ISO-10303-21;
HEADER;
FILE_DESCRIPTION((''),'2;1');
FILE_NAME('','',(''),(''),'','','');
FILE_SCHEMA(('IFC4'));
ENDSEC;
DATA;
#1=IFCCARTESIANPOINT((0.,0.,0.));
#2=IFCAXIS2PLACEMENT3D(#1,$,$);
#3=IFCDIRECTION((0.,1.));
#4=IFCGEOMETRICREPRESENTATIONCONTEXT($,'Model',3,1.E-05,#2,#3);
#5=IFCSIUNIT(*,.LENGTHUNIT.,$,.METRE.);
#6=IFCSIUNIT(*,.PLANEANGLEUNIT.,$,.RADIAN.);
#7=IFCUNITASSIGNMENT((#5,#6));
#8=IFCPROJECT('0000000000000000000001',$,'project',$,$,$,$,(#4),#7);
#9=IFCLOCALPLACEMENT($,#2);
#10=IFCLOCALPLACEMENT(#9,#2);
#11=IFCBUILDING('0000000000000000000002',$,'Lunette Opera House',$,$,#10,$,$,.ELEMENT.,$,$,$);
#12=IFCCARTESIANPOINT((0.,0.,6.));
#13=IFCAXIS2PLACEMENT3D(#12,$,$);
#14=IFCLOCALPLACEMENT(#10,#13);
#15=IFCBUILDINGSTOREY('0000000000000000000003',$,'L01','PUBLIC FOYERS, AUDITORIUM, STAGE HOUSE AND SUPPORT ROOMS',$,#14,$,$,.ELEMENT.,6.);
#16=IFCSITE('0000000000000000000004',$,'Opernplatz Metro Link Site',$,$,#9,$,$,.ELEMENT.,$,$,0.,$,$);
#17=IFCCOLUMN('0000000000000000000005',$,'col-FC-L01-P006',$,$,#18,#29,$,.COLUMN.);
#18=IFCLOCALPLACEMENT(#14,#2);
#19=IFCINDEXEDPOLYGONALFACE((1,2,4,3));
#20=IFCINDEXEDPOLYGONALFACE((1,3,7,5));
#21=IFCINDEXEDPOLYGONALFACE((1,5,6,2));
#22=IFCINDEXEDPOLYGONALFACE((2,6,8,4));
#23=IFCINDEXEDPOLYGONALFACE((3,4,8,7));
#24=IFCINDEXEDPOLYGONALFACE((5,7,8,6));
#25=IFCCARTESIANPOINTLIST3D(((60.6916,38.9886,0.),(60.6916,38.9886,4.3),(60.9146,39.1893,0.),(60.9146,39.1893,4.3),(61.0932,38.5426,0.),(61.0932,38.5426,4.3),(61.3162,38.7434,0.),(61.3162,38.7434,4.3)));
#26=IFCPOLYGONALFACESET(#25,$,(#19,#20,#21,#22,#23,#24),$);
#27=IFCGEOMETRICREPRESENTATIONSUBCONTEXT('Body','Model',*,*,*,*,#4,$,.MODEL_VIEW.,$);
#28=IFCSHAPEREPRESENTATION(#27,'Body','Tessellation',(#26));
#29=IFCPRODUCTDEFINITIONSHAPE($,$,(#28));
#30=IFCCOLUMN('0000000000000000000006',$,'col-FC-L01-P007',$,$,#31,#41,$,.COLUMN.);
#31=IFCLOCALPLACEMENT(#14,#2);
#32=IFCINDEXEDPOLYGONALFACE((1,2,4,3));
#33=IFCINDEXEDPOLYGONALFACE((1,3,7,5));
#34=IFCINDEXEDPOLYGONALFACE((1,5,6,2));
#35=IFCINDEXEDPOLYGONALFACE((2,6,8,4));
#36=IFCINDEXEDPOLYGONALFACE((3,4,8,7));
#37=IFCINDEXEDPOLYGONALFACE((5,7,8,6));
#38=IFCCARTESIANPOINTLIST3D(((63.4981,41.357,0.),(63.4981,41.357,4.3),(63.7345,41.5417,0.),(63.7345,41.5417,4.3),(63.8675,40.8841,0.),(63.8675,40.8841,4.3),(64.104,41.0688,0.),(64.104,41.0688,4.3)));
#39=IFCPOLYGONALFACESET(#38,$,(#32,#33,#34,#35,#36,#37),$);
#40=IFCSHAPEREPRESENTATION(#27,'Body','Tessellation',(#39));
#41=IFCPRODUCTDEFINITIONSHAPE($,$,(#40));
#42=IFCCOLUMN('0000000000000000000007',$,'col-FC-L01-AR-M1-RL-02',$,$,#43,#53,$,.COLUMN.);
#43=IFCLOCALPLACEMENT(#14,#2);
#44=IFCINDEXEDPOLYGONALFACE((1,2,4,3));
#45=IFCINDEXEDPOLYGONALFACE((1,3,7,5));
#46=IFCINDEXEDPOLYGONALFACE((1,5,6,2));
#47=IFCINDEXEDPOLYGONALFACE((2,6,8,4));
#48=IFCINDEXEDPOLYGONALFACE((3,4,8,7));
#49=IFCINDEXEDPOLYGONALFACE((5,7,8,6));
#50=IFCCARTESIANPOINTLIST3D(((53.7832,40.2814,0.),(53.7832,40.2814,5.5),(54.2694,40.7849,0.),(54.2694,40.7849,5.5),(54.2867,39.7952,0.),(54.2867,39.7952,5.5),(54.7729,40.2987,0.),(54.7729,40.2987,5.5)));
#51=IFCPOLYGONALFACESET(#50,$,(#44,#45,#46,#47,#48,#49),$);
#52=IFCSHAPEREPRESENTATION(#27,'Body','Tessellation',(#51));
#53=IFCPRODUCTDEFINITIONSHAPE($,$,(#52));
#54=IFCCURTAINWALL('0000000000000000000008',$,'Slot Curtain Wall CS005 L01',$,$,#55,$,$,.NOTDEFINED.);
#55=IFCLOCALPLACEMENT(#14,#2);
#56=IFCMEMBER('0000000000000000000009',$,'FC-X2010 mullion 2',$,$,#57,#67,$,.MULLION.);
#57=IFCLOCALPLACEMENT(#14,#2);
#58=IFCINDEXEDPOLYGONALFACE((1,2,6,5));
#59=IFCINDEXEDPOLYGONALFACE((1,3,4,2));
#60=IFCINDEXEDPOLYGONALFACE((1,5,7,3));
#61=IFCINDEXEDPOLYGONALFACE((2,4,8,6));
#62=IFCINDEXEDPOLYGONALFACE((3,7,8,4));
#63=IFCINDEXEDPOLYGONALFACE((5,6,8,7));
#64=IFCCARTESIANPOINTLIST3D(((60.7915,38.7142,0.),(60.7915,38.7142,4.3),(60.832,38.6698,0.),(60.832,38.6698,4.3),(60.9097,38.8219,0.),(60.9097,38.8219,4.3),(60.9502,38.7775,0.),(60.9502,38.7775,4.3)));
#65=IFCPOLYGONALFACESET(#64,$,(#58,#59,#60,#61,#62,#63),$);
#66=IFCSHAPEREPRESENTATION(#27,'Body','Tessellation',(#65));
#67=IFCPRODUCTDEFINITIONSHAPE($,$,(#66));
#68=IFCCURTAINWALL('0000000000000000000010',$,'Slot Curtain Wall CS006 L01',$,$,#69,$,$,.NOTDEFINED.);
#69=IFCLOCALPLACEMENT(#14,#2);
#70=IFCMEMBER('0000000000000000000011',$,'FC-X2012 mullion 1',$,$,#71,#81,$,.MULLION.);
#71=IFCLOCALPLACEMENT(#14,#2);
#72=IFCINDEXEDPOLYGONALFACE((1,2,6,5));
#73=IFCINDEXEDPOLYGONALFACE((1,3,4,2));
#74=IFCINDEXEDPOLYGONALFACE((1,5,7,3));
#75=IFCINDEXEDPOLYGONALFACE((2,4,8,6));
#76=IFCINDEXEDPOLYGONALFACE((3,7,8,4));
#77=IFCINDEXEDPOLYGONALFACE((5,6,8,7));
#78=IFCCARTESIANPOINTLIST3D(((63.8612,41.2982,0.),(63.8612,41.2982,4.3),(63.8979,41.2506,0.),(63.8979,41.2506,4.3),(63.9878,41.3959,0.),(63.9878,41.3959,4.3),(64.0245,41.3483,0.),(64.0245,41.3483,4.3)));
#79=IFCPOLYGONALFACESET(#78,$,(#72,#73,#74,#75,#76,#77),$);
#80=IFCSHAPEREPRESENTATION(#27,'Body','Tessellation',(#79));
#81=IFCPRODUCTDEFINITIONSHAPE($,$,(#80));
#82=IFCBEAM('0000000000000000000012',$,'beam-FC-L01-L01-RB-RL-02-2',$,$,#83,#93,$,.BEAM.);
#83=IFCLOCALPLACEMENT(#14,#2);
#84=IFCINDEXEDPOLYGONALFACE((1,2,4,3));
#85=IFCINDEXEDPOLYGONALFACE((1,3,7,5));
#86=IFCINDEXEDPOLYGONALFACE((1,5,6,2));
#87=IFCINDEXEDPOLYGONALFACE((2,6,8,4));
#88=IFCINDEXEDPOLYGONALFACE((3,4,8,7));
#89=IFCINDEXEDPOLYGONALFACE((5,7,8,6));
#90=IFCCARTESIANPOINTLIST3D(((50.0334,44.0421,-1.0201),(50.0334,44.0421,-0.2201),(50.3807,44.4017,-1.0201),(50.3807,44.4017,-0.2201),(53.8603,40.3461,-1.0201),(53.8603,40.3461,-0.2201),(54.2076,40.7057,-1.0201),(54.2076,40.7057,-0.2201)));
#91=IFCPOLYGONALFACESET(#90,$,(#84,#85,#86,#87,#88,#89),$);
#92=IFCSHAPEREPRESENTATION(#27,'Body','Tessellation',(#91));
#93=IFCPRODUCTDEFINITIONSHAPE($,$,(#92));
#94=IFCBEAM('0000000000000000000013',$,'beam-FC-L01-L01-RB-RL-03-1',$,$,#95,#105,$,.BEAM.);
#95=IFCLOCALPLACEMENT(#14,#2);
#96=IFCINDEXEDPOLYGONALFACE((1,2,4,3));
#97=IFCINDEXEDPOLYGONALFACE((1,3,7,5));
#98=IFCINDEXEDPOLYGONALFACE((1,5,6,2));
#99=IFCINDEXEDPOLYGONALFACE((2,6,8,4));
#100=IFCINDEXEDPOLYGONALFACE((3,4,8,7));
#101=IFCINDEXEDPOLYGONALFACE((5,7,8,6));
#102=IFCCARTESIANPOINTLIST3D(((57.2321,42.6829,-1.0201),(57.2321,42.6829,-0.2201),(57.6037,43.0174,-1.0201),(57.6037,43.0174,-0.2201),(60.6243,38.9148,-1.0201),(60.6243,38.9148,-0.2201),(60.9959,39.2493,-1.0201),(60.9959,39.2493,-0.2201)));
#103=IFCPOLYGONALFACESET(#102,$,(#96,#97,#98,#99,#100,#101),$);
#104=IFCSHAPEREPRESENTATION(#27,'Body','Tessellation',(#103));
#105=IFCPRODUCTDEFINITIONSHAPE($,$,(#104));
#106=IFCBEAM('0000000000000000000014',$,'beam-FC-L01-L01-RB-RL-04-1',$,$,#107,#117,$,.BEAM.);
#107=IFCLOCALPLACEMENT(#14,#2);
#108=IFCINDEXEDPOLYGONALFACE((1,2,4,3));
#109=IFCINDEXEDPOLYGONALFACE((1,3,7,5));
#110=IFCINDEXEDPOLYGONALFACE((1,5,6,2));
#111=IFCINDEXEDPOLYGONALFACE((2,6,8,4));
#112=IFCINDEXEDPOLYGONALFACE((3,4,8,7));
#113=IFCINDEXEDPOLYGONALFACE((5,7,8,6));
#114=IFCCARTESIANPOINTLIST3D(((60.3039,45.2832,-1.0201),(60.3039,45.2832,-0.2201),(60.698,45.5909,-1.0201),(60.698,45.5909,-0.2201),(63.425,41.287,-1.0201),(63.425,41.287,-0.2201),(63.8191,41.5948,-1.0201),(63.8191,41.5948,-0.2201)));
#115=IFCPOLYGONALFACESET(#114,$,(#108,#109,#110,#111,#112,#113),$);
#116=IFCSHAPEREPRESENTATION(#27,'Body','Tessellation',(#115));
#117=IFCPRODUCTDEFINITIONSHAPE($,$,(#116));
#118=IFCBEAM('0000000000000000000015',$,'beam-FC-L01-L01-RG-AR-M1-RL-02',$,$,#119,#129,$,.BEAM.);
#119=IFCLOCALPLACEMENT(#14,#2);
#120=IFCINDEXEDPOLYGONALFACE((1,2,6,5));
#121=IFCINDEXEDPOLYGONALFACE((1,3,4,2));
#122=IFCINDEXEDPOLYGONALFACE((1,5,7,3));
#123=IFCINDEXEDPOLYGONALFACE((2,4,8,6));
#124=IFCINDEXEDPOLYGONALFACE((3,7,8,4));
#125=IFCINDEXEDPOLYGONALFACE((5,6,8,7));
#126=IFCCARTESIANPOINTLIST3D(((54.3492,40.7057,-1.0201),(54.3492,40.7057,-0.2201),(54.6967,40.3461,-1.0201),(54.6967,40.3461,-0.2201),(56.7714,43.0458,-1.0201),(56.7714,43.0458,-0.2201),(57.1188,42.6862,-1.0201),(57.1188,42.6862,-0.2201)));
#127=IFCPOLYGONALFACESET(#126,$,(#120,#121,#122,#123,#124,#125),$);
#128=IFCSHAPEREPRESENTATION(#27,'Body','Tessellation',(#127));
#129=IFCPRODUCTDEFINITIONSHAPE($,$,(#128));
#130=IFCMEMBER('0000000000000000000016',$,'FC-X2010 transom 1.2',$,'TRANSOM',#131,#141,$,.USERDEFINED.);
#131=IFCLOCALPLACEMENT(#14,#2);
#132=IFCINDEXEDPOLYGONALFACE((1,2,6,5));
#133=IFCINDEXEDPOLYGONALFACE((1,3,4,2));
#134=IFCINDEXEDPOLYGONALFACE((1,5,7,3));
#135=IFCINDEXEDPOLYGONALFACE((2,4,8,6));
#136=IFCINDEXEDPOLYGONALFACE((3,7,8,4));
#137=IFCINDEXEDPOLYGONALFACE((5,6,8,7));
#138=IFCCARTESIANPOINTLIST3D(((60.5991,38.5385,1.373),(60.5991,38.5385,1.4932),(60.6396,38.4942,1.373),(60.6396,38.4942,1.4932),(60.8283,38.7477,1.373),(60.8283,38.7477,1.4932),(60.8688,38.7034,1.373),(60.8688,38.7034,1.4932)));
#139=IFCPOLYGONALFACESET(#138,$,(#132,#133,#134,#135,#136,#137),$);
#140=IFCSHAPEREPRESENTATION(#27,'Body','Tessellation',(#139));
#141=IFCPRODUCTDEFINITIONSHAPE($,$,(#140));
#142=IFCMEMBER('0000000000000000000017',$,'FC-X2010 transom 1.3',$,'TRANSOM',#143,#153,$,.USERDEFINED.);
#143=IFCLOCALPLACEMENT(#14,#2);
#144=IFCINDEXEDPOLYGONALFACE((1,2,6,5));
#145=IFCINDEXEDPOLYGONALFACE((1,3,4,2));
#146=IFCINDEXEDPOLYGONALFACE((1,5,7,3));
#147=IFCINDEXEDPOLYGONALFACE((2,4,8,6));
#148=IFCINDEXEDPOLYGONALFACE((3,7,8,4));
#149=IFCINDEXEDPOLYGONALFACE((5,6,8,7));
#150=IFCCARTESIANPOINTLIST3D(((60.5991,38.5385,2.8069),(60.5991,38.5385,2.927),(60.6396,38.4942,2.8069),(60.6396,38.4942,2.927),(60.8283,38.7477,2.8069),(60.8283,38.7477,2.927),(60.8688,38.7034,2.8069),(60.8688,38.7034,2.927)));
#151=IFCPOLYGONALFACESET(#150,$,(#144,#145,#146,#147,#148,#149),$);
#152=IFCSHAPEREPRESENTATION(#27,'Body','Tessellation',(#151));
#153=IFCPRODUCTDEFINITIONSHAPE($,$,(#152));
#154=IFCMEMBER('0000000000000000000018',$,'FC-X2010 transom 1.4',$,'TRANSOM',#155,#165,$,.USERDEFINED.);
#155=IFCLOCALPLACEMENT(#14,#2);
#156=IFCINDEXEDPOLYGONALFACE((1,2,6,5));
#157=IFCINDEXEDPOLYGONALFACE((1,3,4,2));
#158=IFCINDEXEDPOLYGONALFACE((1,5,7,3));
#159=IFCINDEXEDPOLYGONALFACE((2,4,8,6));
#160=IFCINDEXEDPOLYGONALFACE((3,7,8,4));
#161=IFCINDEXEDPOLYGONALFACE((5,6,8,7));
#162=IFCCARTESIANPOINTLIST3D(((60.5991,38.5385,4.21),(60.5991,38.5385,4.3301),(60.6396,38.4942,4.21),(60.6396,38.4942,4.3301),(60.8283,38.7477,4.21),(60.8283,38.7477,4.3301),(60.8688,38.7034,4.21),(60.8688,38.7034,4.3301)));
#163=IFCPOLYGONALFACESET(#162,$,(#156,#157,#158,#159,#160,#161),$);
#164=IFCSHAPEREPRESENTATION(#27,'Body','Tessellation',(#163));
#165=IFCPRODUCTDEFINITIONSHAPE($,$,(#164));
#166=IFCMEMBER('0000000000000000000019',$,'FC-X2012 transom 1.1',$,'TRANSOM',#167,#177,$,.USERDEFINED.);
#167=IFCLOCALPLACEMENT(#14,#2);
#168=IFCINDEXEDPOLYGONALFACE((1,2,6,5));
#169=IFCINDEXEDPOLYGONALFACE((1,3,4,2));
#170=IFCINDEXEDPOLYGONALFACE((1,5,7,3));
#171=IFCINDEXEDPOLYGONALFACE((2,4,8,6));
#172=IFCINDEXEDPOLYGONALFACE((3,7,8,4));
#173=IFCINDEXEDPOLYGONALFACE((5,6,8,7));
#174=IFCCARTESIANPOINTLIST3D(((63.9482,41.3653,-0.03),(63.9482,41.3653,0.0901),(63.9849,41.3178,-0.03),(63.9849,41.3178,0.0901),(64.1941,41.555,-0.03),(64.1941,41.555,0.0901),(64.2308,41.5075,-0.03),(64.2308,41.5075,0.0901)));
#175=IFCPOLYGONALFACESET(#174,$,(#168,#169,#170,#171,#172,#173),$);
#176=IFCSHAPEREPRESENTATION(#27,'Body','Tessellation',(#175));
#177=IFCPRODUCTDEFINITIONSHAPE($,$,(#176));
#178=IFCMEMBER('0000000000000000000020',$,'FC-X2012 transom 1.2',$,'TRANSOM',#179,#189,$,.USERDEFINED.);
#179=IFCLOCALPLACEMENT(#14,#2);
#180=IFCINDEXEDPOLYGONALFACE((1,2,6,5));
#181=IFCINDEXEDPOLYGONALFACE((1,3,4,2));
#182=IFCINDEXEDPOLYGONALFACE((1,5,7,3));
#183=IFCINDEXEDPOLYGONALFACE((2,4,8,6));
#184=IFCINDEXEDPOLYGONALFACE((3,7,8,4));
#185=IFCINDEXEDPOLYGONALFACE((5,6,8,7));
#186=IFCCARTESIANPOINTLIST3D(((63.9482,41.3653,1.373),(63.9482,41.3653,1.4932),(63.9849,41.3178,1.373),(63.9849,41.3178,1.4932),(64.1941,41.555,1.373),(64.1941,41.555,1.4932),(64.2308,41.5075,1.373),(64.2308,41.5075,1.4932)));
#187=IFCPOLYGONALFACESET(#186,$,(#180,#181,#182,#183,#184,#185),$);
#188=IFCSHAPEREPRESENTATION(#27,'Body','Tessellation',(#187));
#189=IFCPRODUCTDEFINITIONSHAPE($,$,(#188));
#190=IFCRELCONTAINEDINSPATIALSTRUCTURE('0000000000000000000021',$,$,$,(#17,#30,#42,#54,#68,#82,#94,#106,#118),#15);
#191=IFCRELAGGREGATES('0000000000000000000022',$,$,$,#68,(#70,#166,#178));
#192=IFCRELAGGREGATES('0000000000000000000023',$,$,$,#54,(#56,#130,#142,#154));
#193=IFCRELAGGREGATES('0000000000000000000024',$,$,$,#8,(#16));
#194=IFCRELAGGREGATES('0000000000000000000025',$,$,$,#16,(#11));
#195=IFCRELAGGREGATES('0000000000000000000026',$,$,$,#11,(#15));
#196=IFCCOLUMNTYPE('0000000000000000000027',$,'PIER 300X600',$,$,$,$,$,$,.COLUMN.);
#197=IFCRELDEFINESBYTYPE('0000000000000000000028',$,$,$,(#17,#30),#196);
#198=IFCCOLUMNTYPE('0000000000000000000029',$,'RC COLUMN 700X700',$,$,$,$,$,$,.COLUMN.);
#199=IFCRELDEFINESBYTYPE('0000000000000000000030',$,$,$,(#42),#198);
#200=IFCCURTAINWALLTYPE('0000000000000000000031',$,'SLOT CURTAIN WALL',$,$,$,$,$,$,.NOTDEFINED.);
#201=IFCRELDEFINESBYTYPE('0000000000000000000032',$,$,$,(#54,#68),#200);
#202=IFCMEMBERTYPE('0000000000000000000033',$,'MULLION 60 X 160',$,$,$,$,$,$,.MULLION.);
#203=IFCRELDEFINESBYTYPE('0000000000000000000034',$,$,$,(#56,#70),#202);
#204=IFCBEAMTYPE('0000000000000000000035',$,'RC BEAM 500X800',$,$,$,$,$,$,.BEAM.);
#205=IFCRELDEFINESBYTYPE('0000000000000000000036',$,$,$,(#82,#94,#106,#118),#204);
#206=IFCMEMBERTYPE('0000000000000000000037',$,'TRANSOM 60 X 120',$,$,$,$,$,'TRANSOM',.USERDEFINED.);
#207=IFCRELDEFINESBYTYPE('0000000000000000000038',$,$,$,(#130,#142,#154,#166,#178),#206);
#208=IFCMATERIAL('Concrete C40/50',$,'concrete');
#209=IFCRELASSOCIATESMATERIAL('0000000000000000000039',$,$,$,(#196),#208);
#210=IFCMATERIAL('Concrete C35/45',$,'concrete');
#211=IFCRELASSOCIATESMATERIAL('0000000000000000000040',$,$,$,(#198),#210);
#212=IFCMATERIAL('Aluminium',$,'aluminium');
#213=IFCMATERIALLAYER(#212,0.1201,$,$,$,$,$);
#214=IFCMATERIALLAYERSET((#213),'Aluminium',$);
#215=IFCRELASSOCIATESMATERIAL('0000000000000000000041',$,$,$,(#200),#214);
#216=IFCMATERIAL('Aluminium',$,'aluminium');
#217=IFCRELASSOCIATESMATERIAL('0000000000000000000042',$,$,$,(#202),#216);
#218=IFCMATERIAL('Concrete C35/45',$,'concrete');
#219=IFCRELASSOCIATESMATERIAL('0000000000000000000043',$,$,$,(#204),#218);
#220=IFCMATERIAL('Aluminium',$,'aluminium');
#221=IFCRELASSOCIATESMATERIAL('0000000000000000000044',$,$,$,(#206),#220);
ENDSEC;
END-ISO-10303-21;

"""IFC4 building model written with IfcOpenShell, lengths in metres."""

from ifc_helpers import new_model, si_unit, direction, frame, origin, origin_2d, place, context, subcontext, project, spatial, rectangle, extrude, material, layer, layer_set, material_profile, profile_set, type_object, element, aggregate, save


model = new_model("IFC4")

# Units and contexts
model_context = context("Model", 3, precision=1e-05, world=origin(), true_north=direction((0.0, 1.0)))
body_context = subcontext(model_context, "Body", "Model", "MODEL_VIEW")
ifc_project = project(units=[si_unit("LENGTHUNIT", "METRE"), si_unit("PLANEANGLEUNIT", "RADIAN")], contexts=[model_context])

# Site, building, storey
site_placement = place(None, origin())
site = spatial("IfcSite", under=ifc_project, at=site_placement, Name="Opernplatz Metro Link Site", CompositionType="ELEMENT", RefElevation=0.0)
building_placement = place(site_placement, origin())
building = spatial("IfcBuilding", under=site, at=building_placement, Name="Lunette Opera House", CompositionType="ELEMENT")
storey_placement = place(building_placement, frame((0.0, 0.0, 6.0)))
storey = spatial("IfcBuildingStorey", under=building, at=storey_placement, Name="L01", Description="PUBLIC FOYERS, AUDITORIUM, STAGE HOUSE AND SUPPORT ROOMS", CompositionType="ELEMENT", Elevation=6.0)

# Columns
ifc_material_1 = material(Name="Concrete C40/50", Category="concrete")
ifc_material_profile_1 = material_profile(ifc_material_1, rectangle(XDim=0.3, YDim=0.6001, at=origin_2d()), Name="PIER 300X600")
ifc_profile_set_1 = profile_set([ifc_material_profile_1], Name="Concrete C40/50")
column_type_1 = type_object("IfcColumnType", Name="PIER 300X600", PredefinedType="COLUMN", material=ifc_profile_set_1)
for number, where, z_axis, x_axis, name in (
    (1, (61.0039, 38.866, 0.0), (0.0, 0.0, 1.0), (0.743145, 0.669131, 0.0), "col-FC-L01-P006"),
    (2, (63.801, 41.2129, 0.0), (0.0, 0.0, 1.0), (0.788011, 0.615661, 0.0), "col-FC-L01-P007"),
):
    element("IfcColumn", number, at=place(storey_placement, frame(where, z_axis=z_axis, x_axis=x_axis)), inside=storey, type_object=column_type_1, Name=name, PredefinedType="COLUMN", context=body_context, shape_type="SweptSolid", body=[
        extrude(rectangle(XDim=0.3, YDim=0.6001, at=origin_2d()), origin(), (0.0, 0.0, 1.0), 4.3),
    ])
ifc_material_2 = material(Name="Concrete C35/45", Category="concrete")
ifc_material_profile_2 = material_profile(ifc_material_2, rectangle(XDim=0.7, YDim=0.7, at=origin_2d()), Name="RC COLUMN 700X700")
ifc_profile_set_2 = profile_set([ifc_material_profile_2], Name="Concrete C35/45")
column_type_2 = type_object("IfcColumnType", Name="RC COLUMN 700X700", PredefinedType="COLUMN", material=ifc_profile_set_2)
column_placement = place(storey_placement, frame((54.2781, 40.29, 0.0), z_axis=(0.0, 0.0, 1.0), x_axis=(0.694658, 0.71934, 0.0)))
element("IfcColumn", 3, at=column_placement, inside=storey, type_object=column_type_2, Name="col-FC-L01-AR-M1-RL-02", PredefinedType="COLUMN", context=body_context, shape_type="SweptSolid", body=[
    extrude(rectangle(XDim=0.7, YDim=0.7, at=origin_2d()), origin(), (0.0, 0.0, 1.0), 5.5),
])

# Curtain walls, members
ifc_material_3 = material(Name="Aluminium", Category="aluminium")
ifc_layer_1 = layer(ifc_material_3, 0.1201)
ifc_layer_set_1 = layer_set([ifc_layer_1], Name="Aluminium")
curtain_wall_type = type_object("IfcCurtainWallType", Name="SLOT CURTAIN WALL", PredefinedType="NOTDEFINED", material=ifc_layer_set_1)
curtain_wall_1_placement = place(storey_placement, origin())
curtain_wall_1 = element("IfcCurtainWall", 4, at=curtain_wall_1_placement, inside=storey, type_object=curtain_wall_type, Name="Slot Curtain Wall CS005 L01", PredefinedType="NOTDEFINED")
ifc_material_4 = material(Name="Aluminium", Category="aluminium")
ifc_material_profile_3 = material_profile(ifc_material_4, rectangle(XDim=0.0601, YDim=0.1599, at=origin_2d()), Name="MULLION 60 X 160")
ifc_profile_set_3 = profile_set([ifc_material_profile_3], Name="Aluminium")
member_type_1 = type_object("IfcMemberType", Name="MULLION 60 X 160", PredefinedType="MULLION", material=ifc_profile_set_3)
member_1_placement = place(storey_placement, frame((60.8708, 38.7458, 0.0), z_axis=(0.0, 0.0, 1.0), x_axis=(-0.673828, 0.738888, 0.0)))
member_1 = element("IfcMember", 5, at=member_1_placement, type_object=member_type_1, Name="FC-X2010 mullion 2", PredefinedType="MULLION", context=body_context, shape_type="SweptSolid", body=[
    extrude(rectangle(XDim=0.0601, YDim=0.1599, at=origin_2d()), origin(), (0.0, 0.0, 1.0), 4.3),
])
curtain_wall_2_placement = place(storey_placement, origin())
curtain_wall_2 = element("IfcCurtainWall", 6, at=curtain_wall_2_placement, inside=storey, type_object=curtain_wall_type, Name="Slot Curtain Wall CS006 L01", PredefinedType="NOTDEFINED")
member_2_placement = place(storey_placement, frame((63.9429, 41.3232, 0.0), z_axis=(0.0, 0.0, 1.0), x_axis=(-0.61072, 0.791846, 0.0)))
member_2 = element("IfcMember", 7, at=member_2_placement, type_object=member_type_1, Name="FC-X2012 mullion 1", PredefinedType="MULLION", context=body_context, shape_type="SweptSolid", body=[
    extrude(rectangle(XDim=0.0601, YDim=0.1599, at=origin_2d()), origin(), (0.0, 0.0, 1.0), 4.3),
])

# Beams
ifc_material_5 = material(Name="Concrete C35/45", Category="concrete")
ifc_material_profile_4 = material_profile(ifc_material_5, rectangle(XDim=0.5, YDim=0.8, at=origin_2d()), Name="RC BEAM 500X800")
ifc_profile_set_4 = profile_set([ifc_material_profile_4], Name="Concrete C35/45")
beam_type = type_object("IfcBeamType", Name="RC BEAM 500X800", PredefinedType="BEAM", material=ifc_profile_set_4)
beam_1_placement = place(storey_placement, frame((54.0339, 40.5259, -0.6201), z_axis=(-0.719298, 0.694702, 0.0), x_axis=(-0.694702, -0.719298, 0.0)))
element("IfcBeam", 8, at=beam_1_placement, inside=storey, type_object=beam_type, Name="beam-FC-L01-L01-RB-RL-02-2", PredefinedType="BEAM", context=body_context, shape_type="SweptSolid", body=[
    extrude(rectangle(XDim=0.5, YDim=0.8, at=origin_2d()), origin(), (0.0, 0.0, 1.0), 5.3203),
])
beam_2_placement = place(storey_placement, frame((60.8101, 39.082, -0.6201), z_axis=(-0.669055, 0.743213, 0.0), x_axis=(-0.743213, -0.669055, 0.0)))
element("IfcBeam", 9, at=beam_2_placement, inside=storey, type_object=beam_type, Name="beam-FC-L01-L01-RB-RL-03-1", PredefinedType="BEAM", context=body_context, shape_type="SweptSolid", body=[
    extrude(rectangle(XDim=0.5, YDim=0.8, at=origin_2d()), origin(), (0.0, 0.0, 1.0), 5.0701),
])
beam_3_placement = place(storey_placement, frame((63.6221, 41.4409, -0.6201), z_axis=(-0.615539, 0.788106, 0.0), x_axis=(-0.788106, -0.615539, 0.0)))
element("IfcBeam", 10, at=beam_3_placement, inside=storey, type_object=beam_type, Name="beam-FC-L01-L01-RB-RL-04-1", PredefinedType="BEAM", context=body_context, shape_type="SweptSolid", body=[
    extrude(rectangle(XDim=0.5, YDim=0.8, at=origin_2d()), origin(), (0.0, 0.0, 1.0), 5.0706),
])
beam_4_placement = place(storey_placement, frame((54.5229, 40.5259, -0.6201), z_axis=(0.71918, 0.694823, 0.0), x_axis=(-0.694823, 0.71918, 0.0)))
element("IfcBeam", 11, at=beam_4_placement, inside=storey, type_object=beam_type, Name="beam-FC-L01-L01-RG-AR-M1-RL-02", PredefinedType="BEAM", context=body_context, shape_type="SweptSolid", body=[
    extrude(rectangle(XDim=0.5, YDim=0.8, at=origin_2d()), origin(), (0.0, 0.0, 1.0), 3.3679),
])

# Members
ifc_material_6 = material(Name="Aluminium", Category="aluminium")
ifc_material_profile_5 = material_profile(ifc_material_6, rectangle(XDim=0.0601, YDim=0.1201, at=origin_2d()), Name="TRANSOM 60 X 120")
ifc_profile_set_5 = profile_set([ifc_material_profile_5], Name="Aluminium")
member_type_2 = type_object("IfcMemberType", Name="TRANSOM 60 X 120", ElementType="TRANSOM", PredefinedType="USERDEFINED", material=ifc_profile_set_5)
member_3_placement = place(storey_placement, frame((60.6194, 38.5164, 1.4331), z_axis=(0.738622, 0.67412, 0.0), x_axis=(-0.67412, 0.738622, 0.0)))
member_3 = element("IfcMember", 12, at=member_3_placement, type_object=member_type_2, Name="FC-X2010 transom 1.2", ObjectType="TRANSOM", PredefinedType="USERDEFINED", context=body_context, shape_type="SweptSolid", body=[
    extrude(rectangle(XDim=0.0601, YDim=0.1201, at=origin_2d()), origin(), (0.0, 0.0, 1.0), 0.3103),
])
member_4_placement = place(storey_placement, frame((60.6194, 38.5164, 2.8669), z_axis=(0.738622, 0.67412, 0.0), x_axis=(-0.67412, 0.738622, 0.0)))
member_4 = element("IfcMember", 13, at=member_4_placement, type_object=member_type_2, Name="FC-X2010 transom 1.3", ObjectType="TRANSOM", PredefinedType="USERDEFINED", context=body_context, shape_type="SweptSolid", body=[
    extrude(rectangle(XDim=0.0601, YDim=0.1201, at=origin_2d()), origin(), (0.0, 0.0, 1.0), 0.3103),
])
member_5_placement = place(storey_placement, frame((60.6194, 38.5164, 4.27), z_axis=(0.738622, 0.67412, 0.0), x_axis=(-0.67412, 0.738622, 0.0)))
member_5 = element("IfcMember", 14, at=member_5_placement, type_object=member_type_2, Name="FC-X2010 transom 1.4", ObjectType="TRANSOM", PredefinedType="USERDEFINED", context=body_context, shape_type="SweptSolid", body=[
    extrude(rectangle(XDim=0.0601, YDim=0.1201, at=origin_2d()), origin(), (0.0, 0.0, 1.0), 0.3103),
])
member_6_placement = place(storey_placement, frame((63.9666, 41.3416, 0.03), z_axis=(0.791717, 0.610888, 0.0), x_axis=(-0.610888, 0.791717, 0.0)))
member_6 = element("IfcMember", 15, at=member_6_placement, type_object=member_type_2, Name="FC-X2012 transom 1.1", ObjectType="TRANSOM", PredefinedType="USERDEFINED", context=body_context, shape_type="SweptSolid", body=[
    extrude(rectangle(XDim=0.0601, YDim=0.1201, at=origin_2d()), origin(), (0.0, 0.0, 1.0), 0.3105),
])
member_7_placement = place(storey_placement, frame((63.9666, 41.3416, 1.4331), z_axis=(0.791717, 0.610888, 0.0), x_axis=(-0.610888, 0.791717, 0.0)))
member_7 = element("IfcMember", 16, at=member_7_placement, type_object=member_type_2, Name="FC-X2012 transom 1.2", ObjectType="TRANSOM", PredefinedType="USERDEFINED", context=body_context, shape_type="SweptSolid", body=[
    extrude(rectangle(XDim=0.0601, YDim=0.1201, at=origin_2d()), origin(), (0.0, 0.0, 1.0), 0.3105),
])
aggregate(curtain_wall_2, [member_2, member_6, member_7])

aggregate(curtain_wall_1, [member_1, member_3, member_4, member_5])

save(model, "model.ifc")
